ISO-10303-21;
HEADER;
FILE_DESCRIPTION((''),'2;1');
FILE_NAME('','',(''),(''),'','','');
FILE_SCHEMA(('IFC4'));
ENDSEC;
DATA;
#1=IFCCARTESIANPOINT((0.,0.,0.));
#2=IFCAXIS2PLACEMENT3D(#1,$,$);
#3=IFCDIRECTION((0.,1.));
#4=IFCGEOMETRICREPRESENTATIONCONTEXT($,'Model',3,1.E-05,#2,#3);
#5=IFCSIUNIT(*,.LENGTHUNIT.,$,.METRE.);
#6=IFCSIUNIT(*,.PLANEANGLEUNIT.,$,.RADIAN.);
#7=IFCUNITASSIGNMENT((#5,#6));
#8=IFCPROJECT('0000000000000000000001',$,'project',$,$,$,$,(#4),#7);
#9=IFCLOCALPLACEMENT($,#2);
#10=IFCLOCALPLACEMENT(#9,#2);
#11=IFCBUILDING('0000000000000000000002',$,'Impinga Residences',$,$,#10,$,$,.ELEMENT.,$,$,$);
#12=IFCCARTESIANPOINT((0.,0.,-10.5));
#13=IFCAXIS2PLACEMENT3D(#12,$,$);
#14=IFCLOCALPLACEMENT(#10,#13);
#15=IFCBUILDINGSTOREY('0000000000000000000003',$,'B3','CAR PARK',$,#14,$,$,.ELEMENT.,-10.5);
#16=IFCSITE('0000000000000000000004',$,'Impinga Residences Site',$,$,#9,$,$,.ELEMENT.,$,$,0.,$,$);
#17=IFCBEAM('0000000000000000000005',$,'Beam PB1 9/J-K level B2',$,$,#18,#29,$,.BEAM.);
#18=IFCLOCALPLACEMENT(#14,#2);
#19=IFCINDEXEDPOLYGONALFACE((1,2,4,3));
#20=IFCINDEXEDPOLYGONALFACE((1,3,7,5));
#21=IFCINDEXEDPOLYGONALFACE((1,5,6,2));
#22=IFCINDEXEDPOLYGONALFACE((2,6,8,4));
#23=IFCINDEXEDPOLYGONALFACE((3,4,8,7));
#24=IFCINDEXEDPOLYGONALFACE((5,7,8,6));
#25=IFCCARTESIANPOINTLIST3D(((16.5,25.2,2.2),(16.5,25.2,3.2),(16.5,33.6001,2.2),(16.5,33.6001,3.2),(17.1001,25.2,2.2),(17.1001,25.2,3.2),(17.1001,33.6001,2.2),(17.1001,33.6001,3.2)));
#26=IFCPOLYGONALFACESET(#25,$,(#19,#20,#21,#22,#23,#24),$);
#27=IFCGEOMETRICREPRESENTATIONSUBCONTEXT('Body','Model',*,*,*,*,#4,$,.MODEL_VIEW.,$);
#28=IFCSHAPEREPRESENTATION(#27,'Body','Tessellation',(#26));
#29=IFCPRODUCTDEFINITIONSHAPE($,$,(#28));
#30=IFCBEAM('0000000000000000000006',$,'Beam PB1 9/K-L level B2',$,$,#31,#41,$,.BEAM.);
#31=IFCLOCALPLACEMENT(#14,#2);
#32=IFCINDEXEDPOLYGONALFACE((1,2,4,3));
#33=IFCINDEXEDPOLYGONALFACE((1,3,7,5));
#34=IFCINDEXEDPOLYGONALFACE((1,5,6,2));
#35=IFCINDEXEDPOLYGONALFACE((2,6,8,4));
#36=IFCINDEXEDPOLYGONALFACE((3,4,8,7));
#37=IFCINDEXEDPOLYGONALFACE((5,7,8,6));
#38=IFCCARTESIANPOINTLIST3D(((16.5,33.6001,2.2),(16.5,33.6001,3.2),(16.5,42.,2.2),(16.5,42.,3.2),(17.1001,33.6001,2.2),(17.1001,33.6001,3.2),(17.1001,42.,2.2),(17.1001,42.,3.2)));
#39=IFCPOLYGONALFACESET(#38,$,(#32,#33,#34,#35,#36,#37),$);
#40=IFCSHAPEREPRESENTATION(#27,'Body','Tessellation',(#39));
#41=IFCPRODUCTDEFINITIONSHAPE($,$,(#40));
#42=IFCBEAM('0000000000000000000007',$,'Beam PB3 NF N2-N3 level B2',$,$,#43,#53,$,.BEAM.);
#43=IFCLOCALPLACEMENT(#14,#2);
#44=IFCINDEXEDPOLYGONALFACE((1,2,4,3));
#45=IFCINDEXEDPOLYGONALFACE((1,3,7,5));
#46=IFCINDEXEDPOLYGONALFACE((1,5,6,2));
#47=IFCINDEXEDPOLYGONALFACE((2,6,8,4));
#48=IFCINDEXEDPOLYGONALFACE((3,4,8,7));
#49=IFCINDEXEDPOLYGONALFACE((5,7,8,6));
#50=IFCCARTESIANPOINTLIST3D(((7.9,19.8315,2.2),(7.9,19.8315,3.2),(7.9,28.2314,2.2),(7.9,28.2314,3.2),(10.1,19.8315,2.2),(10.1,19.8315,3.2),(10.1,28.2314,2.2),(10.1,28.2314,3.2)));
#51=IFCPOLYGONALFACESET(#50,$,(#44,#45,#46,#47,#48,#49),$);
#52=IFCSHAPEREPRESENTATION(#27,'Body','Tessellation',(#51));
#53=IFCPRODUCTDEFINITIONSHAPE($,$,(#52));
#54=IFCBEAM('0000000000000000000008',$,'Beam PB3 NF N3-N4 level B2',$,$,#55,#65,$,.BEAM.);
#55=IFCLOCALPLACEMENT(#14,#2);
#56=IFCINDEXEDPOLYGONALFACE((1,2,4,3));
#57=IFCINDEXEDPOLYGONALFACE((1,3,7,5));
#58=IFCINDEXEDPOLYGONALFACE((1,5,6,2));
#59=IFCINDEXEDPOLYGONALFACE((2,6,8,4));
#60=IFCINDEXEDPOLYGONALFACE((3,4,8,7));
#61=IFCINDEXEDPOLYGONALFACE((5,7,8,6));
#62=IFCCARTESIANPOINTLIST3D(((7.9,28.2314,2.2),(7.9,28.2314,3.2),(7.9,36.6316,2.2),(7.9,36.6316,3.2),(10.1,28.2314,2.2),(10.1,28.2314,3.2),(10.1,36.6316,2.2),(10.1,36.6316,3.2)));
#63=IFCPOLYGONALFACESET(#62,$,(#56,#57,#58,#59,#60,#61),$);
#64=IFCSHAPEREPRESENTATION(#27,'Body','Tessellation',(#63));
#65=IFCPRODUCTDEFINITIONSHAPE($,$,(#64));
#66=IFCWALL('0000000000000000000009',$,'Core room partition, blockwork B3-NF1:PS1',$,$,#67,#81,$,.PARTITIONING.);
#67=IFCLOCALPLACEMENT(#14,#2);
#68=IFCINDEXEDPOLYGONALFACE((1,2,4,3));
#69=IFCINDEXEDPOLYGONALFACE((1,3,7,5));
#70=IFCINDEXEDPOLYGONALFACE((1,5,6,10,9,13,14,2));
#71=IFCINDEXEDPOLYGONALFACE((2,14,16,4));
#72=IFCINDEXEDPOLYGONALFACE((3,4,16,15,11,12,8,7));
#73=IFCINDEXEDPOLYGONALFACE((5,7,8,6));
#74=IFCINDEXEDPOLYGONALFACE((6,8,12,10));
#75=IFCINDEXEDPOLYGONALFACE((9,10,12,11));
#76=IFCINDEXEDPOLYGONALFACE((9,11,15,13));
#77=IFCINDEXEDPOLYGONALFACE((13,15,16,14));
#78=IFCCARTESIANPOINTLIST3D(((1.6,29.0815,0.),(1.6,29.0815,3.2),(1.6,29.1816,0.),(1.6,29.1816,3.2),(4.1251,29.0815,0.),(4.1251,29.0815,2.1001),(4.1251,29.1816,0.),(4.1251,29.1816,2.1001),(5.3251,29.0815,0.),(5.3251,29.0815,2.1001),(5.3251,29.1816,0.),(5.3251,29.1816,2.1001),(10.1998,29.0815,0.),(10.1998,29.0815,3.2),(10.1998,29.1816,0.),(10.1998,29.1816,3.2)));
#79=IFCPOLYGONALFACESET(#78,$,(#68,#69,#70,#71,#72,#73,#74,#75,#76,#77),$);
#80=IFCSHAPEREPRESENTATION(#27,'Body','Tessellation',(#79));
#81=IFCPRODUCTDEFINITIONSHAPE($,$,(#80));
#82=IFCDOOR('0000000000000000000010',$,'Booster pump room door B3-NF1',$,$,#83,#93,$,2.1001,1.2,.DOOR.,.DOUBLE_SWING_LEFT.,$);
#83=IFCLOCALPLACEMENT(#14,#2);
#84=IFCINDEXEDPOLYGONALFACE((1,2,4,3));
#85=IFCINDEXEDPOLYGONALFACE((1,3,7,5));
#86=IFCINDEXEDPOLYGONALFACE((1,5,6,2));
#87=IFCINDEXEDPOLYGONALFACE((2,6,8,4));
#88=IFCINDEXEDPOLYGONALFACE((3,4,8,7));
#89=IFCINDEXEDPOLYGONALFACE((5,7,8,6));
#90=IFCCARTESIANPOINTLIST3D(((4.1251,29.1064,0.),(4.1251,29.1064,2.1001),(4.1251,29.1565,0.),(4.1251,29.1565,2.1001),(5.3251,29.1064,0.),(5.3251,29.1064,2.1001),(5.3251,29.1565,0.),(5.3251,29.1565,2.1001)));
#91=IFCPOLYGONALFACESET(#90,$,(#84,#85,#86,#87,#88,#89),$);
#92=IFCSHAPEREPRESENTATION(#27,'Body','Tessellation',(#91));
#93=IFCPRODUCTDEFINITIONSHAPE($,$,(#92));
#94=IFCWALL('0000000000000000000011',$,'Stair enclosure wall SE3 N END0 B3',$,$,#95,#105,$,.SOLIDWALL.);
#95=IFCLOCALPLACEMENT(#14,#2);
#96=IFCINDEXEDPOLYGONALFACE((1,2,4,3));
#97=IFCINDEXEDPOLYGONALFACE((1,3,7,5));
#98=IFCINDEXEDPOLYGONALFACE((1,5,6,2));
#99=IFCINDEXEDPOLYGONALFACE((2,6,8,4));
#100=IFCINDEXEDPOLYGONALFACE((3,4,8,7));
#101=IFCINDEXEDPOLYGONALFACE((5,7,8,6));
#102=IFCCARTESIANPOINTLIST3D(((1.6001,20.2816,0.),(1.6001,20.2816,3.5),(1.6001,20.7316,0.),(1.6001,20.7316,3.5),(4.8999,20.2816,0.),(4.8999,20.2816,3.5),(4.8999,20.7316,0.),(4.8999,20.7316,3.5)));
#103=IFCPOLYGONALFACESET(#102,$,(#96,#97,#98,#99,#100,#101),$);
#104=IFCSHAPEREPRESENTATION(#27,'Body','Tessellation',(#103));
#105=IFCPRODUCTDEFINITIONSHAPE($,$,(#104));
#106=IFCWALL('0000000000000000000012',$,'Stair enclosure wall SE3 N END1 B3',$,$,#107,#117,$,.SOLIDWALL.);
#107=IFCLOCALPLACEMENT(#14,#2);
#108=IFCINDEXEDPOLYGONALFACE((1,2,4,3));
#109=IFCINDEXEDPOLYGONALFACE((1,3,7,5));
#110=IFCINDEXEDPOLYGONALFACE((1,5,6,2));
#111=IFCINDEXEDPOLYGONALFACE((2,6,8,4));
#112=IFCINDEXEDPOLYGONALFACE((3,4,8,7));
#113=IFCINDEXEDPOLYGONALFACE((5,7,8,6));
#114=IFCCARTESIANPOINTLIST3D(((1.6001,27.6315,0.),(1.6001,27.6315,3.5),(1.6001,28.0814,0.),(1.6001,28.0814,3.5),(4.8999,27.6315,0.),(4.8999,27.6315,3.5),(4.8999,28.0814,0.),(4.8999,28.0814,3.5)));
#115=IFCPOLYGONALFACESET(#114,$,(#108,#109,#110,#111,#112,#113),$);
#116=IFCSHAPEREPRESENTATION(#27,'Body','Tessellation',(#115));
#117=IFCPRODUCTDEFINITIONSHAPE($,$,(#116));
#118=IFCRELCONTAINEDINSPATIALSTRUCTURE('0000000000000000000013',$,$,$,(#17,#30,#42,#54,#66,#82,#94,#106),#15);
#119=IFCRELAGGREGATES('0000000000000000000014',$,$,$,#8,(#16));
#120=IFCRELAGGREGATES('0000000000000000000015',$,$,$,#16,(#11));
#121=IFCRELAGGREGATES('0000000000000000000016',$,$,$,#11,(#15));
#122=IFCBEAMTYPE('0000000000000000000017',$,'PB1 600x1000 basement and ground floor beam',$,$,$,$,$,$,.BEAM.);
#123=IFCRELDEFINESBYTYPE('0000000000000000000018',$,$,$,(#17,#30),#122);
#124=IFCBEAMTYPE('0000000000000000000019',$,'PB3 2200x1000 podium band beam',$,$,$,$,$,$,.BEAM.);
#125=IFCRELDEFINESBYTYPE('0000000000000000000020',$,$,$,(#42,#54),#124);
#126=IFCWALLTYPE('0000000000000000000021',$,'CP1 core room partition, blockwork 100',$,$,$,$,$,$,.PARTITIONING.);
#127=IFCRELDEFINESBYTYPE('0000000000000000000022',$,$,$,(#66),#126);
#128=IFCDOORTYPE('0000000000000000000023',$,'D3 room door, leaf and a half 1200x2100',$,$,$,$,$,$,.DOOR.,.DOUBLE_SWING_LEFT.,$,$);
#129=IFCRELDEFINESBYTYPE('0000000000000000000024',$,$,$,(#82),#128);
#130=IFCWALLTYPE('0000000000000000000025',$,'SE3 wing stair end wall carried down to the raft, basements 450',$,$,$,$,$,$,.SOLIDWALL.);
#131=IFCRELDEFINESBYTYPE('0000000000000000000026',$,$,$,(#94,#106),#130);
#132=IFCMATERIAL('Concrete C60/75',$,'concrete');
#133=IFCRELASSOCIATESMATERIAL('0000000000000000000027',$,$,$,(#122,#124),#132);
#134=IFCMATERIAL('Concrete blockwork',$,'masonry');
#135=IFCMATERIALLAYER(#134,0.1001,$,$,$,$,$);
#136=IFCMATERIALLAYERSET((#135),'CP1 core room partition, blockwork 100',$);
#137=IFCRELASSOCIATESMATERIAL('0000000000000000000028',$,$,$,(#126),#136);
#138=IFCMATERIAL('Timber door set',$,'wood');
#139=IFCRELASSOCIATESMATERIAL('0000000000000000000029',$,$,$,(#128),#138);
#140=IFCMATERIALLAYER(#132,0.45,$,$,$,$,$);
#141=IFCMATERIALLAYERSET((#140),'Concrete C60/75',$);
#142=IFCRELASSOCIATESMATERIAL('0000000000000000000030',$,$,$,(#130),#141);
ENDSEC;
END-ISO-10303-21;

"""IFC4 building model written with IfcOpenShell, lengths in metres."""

from ifc_helpers import new_model, si_unit, direction, frame, frame_2d, origin, origin_2d, place, context, subcontext, project, spatial, rectangle, extrude, material, layer, layer_set, material_profile, profile_set, type_object, element, fill, save


model = new_model("IFC4")

# Units and contexts
model_context = context("Model", 3, precision=1e-05, world=origin(), true_north=direction((0.0, 1.0)))
body_context = subcontext(model_context, "Body", "Model", "MODEL_VIEW")
ifc_project = project(units=[si_unit("LENGTHUNIT", "METRE"), si_unit("PLANEANGLEUNIT", "RADIAN")], contexts=[model_context])

# Site, building, storey
site_placement = place(None, origin())
site = spatial("IfcSite", under=ifc_project, at=site_placement, Name="Impinga Residences Site", CompositionType="ELEMENT", RefElevation=0.0)
building_placement = place(site_placement, origin())
building = spatial("IfcBuilding", under=site, at=building_placement, Name="Impinga Residences", CompositionType="ELEMENT")
storey_placement = place(building_placement, frame((0.0, 0.0, -10.5)))
storey = spatial("IfcBuildingStorey", under=building, at=storey_placement, Name="B3", Description="CAR PARK", CompositionType="ELEMENT", Elevation=-10.5)

# Beams
ifc_material_1 = material(Name="Concrete C60/75", Category="concrete")
ifc_material_profile_1 = material_profile(ifc_material_1, rectangle(XDim=0.6001, YDim=1.0, at=origin_2d()), Name="RC 600x1000")
ifc_profile_set_1 = profile_set([ifc_material_profile_1], Name="Concrete C60/75")
beam_type_1 = type_object("IfcBeamType", Name="PB1 600x1000 basement and ground floor beam", PredefinedType="BEAM", material=ifc_profile_set_1)
beam_1_placement = place(storey_placement, frame((16.8, 25.2, 2.7), z_axis=(0.0, 1.0, 0.0), x_axis=(-1.0, 0.0, 0.0)))
element("IfcBeam", 1, at=beam_1_placement, inside=storey, type_object=beam_type_1, Name="Beam PB1 9/J-K level B2", PredefinedType="BEAM", context=body_context, shape_type="SweptSolid", body=[
    extrude(rectangle(XDim=0.6001, YDim=1.0, at=origin_2d()), origin(), (0.0, 0.0, 1.0), 8.4001),
])
beam_2_placement = place(storey_placement, frame((16.8, 33.6001, 2.7), z_axis=(0.0, 1.0, 0.0), x_axis=(-1.0, 0.0, 0.0)))
element("IfcBeam", 2, at=beam_2_placement, inside=storey, type_object=beam_type_1, Name="Beam PB1 9/K-L level B2", PredefinedType="BEAM", context=body_context, shape_type="SweptSolid", body=[
    extrude(rectangle(XDim=0.6001, YDim=1.0, at=origin_2d()), origin(), (0.0, 0.0, 1.0), 8.3999),
])
ifc_material_profile_2 = material_profile(ifc_material_1, rectangle(XDim=2.2, YDim=1.0, at=origin_2d()), Name="RC 2200x1000")
ifc_profile_set_2 = profile_set([ifc_material_profile_2], Name="Concrete C60/75")
beam_type_2 = type_object("IfcBeamType", Name="PB3 2200x1000 podium band beam", PredefinedType="BEAM", material=ifc_profile_set_2)
beam_3_placement = place(storey_placement, frame((9.0, 19.8315, 2.7), z_axis=(0.0, 1.0, 0.0), x_axis=(-1.0, 0.0, 0.0)))
element("IfcBeam", 3, at=beam_3_placement, inside=storey, type_object=beam_type_2, Name="Beam PB3 NF N2-N3 level B2", PredefinedType="BEAM", context=body_context, shape_type="SweptSolid", body=[
    extrude(rectangle(XDim=2.2, YDim=1.0, at=origin_2d()), origin(), (0.0, 0.0, 1.0), 8.3999),
])
beam_4_placement = place(storey_placement, frame((9.0, 28.2314, 2.7), z_axis=(0.0, 1.0, 0.0), x_axis=(-1.0, 0.0, 0.0)))
element("IfcBeam", 4, at=beam_4_placement, inside=storey, type_object=beam_type_2, Name="Beam PB3 NF N3-N4 level B2", PredefinedType="BEAM", context=body_context, shape_type="SweptSolid", body=[
    extrude(rectangle(XDim=2.2, YDim=1.0, at=origin_2d()), origin(), (0.0, 0.0, 1.0), 8.4001),
])

# Wall, opening, door
ifc_material_2 = material(Name="Concrete blockwork", Category="masonry")
ifc_layer_1 = layer(ifc_material_2, 0.1001)
ifc_layer_set_1 = layer_set([ifc_layer_1], Name="CP1 core room partition, blockwork 100")
wall_type_1 = type_object("IfcWallType", Name="CP1 core room partition, blockwork 100", PredefinedType="PARTITIONING", material=ifc_layer_set_1)
wall_placement = place(storey_placement, frame((1.6001, 29.1316, 0.0), z_axis=(0.0, 0.0, 1.0), x_axis=(1.0, 0.0, 0.0)))
wall = element("IfcWall", 5, at=wall_placement, inside=storey, type_object=wall_type_1, Name="Core room partition, blockwork B3-NF1:PS1", PredefinedType="PARTITIONING", context=body_context, shape_type="SweptSolid", body=[
    extrude(rectangle(XDim=8.5999, YDim=0.1001, at=frame_2d((4.2998, 0.0))), origin(), (0.0, 0.0, 1.0), 3.2),
])
opening_placement = place(wall_placement, frame((2.5249, 0.0, 0.0)))
opening = element("IfcOpeningElement", 6, at=opening_placement, cuts=wall, PredefinedType="OPENING", context=body_context, shape_type="SweptSolid", body=[
    extrude(rectangle(XDim=1.2, YDim=2.1001, at=frame_2d((0.6001, 1.05))), frame((0.0, 0.0601, 0.0), z_axis=(0.0, -1.0, 0.0), x_axis=(1.0, 0.0, 0.0)), (0.0, 0.0, 1.0), 0.1201),
])
ifc_material_3 = material(Name="Timber door set", Category="wood")
door_type = type_object("IfcDoorType", Name="D3 room door, leaf and a half 1200x2100", OperationType="DOUBLE_SWING_LEFT", PredefinedType="DOOR", material=ifc_material_3)
door_placement = place(opening_placement, origin())
door = element("IfcDoor", 7, at=door_placement, inside=storey, type_object=door_type, Name="Booster pump room door B3-NF1", OperationType="DOUBLE_SWING_LEFT", OverallHeight=2.1001, OverallWidth=1.2, PredefinedType="DOOR", context=body_context, shape_type="SweptSolid", body=[
    extrude(rectangle(XDim=1.2, YDim=2.1001, at=frame_2d((0.6001, 1.05))), frame((0.0, 0.0249, 0.0), z_axis=(0.0, -1.0, 0.0), x_axis=(1.0, 0.0, 0.0)), (0.0, 0.0, 1.0), 0.05),
])
fill(opening, door)

# Walls
ifc_layer_2 = layer(ifc_material_1, 0.45)
ifc_layer_set_2 = layer_set([ifc_layer_2], Name="Concrete C60/75")
wall_type_2 = type_object("IfcWallType", Name="SE3 wing stair end wall carried down to the raft, basements 450", PredefinedType="SOLIDWALL", material=ifc_layer_set_2)
for number, where, z_axis, x_axis, name in (
    (8, (1.6001, 20.5066, 0.0), (0.0, 0.0, 1.0), (1.0, 0.0, 0.0), "Stair enclosure wall SE3 N END0 B3"),
    (9, (1.6001, 27.8564, 0.0), (0.0, 0.0, 1.0), (1.0, 0.0, 0.0), "Stair enclosure wall SE3 N END1 B3"),
):
    element("IfcWall", number, at=place(storey_placement, frame(where, z_axis=z_axis, x_axis=x_axis)), inside=storey, type_object=wall_type_2, Name=name, PredefinedType="SOLIDWALL", context=body_context, shape_type="SweptSolid", body=[
        extrude(rectangle(XDim=3.2998, YDim=0.45, at=frame_2d((1.6499, 0.0))), origin(), (0.0, 0.0, 1.0), 3.5),
    ])

save(model, "model.ifc")
